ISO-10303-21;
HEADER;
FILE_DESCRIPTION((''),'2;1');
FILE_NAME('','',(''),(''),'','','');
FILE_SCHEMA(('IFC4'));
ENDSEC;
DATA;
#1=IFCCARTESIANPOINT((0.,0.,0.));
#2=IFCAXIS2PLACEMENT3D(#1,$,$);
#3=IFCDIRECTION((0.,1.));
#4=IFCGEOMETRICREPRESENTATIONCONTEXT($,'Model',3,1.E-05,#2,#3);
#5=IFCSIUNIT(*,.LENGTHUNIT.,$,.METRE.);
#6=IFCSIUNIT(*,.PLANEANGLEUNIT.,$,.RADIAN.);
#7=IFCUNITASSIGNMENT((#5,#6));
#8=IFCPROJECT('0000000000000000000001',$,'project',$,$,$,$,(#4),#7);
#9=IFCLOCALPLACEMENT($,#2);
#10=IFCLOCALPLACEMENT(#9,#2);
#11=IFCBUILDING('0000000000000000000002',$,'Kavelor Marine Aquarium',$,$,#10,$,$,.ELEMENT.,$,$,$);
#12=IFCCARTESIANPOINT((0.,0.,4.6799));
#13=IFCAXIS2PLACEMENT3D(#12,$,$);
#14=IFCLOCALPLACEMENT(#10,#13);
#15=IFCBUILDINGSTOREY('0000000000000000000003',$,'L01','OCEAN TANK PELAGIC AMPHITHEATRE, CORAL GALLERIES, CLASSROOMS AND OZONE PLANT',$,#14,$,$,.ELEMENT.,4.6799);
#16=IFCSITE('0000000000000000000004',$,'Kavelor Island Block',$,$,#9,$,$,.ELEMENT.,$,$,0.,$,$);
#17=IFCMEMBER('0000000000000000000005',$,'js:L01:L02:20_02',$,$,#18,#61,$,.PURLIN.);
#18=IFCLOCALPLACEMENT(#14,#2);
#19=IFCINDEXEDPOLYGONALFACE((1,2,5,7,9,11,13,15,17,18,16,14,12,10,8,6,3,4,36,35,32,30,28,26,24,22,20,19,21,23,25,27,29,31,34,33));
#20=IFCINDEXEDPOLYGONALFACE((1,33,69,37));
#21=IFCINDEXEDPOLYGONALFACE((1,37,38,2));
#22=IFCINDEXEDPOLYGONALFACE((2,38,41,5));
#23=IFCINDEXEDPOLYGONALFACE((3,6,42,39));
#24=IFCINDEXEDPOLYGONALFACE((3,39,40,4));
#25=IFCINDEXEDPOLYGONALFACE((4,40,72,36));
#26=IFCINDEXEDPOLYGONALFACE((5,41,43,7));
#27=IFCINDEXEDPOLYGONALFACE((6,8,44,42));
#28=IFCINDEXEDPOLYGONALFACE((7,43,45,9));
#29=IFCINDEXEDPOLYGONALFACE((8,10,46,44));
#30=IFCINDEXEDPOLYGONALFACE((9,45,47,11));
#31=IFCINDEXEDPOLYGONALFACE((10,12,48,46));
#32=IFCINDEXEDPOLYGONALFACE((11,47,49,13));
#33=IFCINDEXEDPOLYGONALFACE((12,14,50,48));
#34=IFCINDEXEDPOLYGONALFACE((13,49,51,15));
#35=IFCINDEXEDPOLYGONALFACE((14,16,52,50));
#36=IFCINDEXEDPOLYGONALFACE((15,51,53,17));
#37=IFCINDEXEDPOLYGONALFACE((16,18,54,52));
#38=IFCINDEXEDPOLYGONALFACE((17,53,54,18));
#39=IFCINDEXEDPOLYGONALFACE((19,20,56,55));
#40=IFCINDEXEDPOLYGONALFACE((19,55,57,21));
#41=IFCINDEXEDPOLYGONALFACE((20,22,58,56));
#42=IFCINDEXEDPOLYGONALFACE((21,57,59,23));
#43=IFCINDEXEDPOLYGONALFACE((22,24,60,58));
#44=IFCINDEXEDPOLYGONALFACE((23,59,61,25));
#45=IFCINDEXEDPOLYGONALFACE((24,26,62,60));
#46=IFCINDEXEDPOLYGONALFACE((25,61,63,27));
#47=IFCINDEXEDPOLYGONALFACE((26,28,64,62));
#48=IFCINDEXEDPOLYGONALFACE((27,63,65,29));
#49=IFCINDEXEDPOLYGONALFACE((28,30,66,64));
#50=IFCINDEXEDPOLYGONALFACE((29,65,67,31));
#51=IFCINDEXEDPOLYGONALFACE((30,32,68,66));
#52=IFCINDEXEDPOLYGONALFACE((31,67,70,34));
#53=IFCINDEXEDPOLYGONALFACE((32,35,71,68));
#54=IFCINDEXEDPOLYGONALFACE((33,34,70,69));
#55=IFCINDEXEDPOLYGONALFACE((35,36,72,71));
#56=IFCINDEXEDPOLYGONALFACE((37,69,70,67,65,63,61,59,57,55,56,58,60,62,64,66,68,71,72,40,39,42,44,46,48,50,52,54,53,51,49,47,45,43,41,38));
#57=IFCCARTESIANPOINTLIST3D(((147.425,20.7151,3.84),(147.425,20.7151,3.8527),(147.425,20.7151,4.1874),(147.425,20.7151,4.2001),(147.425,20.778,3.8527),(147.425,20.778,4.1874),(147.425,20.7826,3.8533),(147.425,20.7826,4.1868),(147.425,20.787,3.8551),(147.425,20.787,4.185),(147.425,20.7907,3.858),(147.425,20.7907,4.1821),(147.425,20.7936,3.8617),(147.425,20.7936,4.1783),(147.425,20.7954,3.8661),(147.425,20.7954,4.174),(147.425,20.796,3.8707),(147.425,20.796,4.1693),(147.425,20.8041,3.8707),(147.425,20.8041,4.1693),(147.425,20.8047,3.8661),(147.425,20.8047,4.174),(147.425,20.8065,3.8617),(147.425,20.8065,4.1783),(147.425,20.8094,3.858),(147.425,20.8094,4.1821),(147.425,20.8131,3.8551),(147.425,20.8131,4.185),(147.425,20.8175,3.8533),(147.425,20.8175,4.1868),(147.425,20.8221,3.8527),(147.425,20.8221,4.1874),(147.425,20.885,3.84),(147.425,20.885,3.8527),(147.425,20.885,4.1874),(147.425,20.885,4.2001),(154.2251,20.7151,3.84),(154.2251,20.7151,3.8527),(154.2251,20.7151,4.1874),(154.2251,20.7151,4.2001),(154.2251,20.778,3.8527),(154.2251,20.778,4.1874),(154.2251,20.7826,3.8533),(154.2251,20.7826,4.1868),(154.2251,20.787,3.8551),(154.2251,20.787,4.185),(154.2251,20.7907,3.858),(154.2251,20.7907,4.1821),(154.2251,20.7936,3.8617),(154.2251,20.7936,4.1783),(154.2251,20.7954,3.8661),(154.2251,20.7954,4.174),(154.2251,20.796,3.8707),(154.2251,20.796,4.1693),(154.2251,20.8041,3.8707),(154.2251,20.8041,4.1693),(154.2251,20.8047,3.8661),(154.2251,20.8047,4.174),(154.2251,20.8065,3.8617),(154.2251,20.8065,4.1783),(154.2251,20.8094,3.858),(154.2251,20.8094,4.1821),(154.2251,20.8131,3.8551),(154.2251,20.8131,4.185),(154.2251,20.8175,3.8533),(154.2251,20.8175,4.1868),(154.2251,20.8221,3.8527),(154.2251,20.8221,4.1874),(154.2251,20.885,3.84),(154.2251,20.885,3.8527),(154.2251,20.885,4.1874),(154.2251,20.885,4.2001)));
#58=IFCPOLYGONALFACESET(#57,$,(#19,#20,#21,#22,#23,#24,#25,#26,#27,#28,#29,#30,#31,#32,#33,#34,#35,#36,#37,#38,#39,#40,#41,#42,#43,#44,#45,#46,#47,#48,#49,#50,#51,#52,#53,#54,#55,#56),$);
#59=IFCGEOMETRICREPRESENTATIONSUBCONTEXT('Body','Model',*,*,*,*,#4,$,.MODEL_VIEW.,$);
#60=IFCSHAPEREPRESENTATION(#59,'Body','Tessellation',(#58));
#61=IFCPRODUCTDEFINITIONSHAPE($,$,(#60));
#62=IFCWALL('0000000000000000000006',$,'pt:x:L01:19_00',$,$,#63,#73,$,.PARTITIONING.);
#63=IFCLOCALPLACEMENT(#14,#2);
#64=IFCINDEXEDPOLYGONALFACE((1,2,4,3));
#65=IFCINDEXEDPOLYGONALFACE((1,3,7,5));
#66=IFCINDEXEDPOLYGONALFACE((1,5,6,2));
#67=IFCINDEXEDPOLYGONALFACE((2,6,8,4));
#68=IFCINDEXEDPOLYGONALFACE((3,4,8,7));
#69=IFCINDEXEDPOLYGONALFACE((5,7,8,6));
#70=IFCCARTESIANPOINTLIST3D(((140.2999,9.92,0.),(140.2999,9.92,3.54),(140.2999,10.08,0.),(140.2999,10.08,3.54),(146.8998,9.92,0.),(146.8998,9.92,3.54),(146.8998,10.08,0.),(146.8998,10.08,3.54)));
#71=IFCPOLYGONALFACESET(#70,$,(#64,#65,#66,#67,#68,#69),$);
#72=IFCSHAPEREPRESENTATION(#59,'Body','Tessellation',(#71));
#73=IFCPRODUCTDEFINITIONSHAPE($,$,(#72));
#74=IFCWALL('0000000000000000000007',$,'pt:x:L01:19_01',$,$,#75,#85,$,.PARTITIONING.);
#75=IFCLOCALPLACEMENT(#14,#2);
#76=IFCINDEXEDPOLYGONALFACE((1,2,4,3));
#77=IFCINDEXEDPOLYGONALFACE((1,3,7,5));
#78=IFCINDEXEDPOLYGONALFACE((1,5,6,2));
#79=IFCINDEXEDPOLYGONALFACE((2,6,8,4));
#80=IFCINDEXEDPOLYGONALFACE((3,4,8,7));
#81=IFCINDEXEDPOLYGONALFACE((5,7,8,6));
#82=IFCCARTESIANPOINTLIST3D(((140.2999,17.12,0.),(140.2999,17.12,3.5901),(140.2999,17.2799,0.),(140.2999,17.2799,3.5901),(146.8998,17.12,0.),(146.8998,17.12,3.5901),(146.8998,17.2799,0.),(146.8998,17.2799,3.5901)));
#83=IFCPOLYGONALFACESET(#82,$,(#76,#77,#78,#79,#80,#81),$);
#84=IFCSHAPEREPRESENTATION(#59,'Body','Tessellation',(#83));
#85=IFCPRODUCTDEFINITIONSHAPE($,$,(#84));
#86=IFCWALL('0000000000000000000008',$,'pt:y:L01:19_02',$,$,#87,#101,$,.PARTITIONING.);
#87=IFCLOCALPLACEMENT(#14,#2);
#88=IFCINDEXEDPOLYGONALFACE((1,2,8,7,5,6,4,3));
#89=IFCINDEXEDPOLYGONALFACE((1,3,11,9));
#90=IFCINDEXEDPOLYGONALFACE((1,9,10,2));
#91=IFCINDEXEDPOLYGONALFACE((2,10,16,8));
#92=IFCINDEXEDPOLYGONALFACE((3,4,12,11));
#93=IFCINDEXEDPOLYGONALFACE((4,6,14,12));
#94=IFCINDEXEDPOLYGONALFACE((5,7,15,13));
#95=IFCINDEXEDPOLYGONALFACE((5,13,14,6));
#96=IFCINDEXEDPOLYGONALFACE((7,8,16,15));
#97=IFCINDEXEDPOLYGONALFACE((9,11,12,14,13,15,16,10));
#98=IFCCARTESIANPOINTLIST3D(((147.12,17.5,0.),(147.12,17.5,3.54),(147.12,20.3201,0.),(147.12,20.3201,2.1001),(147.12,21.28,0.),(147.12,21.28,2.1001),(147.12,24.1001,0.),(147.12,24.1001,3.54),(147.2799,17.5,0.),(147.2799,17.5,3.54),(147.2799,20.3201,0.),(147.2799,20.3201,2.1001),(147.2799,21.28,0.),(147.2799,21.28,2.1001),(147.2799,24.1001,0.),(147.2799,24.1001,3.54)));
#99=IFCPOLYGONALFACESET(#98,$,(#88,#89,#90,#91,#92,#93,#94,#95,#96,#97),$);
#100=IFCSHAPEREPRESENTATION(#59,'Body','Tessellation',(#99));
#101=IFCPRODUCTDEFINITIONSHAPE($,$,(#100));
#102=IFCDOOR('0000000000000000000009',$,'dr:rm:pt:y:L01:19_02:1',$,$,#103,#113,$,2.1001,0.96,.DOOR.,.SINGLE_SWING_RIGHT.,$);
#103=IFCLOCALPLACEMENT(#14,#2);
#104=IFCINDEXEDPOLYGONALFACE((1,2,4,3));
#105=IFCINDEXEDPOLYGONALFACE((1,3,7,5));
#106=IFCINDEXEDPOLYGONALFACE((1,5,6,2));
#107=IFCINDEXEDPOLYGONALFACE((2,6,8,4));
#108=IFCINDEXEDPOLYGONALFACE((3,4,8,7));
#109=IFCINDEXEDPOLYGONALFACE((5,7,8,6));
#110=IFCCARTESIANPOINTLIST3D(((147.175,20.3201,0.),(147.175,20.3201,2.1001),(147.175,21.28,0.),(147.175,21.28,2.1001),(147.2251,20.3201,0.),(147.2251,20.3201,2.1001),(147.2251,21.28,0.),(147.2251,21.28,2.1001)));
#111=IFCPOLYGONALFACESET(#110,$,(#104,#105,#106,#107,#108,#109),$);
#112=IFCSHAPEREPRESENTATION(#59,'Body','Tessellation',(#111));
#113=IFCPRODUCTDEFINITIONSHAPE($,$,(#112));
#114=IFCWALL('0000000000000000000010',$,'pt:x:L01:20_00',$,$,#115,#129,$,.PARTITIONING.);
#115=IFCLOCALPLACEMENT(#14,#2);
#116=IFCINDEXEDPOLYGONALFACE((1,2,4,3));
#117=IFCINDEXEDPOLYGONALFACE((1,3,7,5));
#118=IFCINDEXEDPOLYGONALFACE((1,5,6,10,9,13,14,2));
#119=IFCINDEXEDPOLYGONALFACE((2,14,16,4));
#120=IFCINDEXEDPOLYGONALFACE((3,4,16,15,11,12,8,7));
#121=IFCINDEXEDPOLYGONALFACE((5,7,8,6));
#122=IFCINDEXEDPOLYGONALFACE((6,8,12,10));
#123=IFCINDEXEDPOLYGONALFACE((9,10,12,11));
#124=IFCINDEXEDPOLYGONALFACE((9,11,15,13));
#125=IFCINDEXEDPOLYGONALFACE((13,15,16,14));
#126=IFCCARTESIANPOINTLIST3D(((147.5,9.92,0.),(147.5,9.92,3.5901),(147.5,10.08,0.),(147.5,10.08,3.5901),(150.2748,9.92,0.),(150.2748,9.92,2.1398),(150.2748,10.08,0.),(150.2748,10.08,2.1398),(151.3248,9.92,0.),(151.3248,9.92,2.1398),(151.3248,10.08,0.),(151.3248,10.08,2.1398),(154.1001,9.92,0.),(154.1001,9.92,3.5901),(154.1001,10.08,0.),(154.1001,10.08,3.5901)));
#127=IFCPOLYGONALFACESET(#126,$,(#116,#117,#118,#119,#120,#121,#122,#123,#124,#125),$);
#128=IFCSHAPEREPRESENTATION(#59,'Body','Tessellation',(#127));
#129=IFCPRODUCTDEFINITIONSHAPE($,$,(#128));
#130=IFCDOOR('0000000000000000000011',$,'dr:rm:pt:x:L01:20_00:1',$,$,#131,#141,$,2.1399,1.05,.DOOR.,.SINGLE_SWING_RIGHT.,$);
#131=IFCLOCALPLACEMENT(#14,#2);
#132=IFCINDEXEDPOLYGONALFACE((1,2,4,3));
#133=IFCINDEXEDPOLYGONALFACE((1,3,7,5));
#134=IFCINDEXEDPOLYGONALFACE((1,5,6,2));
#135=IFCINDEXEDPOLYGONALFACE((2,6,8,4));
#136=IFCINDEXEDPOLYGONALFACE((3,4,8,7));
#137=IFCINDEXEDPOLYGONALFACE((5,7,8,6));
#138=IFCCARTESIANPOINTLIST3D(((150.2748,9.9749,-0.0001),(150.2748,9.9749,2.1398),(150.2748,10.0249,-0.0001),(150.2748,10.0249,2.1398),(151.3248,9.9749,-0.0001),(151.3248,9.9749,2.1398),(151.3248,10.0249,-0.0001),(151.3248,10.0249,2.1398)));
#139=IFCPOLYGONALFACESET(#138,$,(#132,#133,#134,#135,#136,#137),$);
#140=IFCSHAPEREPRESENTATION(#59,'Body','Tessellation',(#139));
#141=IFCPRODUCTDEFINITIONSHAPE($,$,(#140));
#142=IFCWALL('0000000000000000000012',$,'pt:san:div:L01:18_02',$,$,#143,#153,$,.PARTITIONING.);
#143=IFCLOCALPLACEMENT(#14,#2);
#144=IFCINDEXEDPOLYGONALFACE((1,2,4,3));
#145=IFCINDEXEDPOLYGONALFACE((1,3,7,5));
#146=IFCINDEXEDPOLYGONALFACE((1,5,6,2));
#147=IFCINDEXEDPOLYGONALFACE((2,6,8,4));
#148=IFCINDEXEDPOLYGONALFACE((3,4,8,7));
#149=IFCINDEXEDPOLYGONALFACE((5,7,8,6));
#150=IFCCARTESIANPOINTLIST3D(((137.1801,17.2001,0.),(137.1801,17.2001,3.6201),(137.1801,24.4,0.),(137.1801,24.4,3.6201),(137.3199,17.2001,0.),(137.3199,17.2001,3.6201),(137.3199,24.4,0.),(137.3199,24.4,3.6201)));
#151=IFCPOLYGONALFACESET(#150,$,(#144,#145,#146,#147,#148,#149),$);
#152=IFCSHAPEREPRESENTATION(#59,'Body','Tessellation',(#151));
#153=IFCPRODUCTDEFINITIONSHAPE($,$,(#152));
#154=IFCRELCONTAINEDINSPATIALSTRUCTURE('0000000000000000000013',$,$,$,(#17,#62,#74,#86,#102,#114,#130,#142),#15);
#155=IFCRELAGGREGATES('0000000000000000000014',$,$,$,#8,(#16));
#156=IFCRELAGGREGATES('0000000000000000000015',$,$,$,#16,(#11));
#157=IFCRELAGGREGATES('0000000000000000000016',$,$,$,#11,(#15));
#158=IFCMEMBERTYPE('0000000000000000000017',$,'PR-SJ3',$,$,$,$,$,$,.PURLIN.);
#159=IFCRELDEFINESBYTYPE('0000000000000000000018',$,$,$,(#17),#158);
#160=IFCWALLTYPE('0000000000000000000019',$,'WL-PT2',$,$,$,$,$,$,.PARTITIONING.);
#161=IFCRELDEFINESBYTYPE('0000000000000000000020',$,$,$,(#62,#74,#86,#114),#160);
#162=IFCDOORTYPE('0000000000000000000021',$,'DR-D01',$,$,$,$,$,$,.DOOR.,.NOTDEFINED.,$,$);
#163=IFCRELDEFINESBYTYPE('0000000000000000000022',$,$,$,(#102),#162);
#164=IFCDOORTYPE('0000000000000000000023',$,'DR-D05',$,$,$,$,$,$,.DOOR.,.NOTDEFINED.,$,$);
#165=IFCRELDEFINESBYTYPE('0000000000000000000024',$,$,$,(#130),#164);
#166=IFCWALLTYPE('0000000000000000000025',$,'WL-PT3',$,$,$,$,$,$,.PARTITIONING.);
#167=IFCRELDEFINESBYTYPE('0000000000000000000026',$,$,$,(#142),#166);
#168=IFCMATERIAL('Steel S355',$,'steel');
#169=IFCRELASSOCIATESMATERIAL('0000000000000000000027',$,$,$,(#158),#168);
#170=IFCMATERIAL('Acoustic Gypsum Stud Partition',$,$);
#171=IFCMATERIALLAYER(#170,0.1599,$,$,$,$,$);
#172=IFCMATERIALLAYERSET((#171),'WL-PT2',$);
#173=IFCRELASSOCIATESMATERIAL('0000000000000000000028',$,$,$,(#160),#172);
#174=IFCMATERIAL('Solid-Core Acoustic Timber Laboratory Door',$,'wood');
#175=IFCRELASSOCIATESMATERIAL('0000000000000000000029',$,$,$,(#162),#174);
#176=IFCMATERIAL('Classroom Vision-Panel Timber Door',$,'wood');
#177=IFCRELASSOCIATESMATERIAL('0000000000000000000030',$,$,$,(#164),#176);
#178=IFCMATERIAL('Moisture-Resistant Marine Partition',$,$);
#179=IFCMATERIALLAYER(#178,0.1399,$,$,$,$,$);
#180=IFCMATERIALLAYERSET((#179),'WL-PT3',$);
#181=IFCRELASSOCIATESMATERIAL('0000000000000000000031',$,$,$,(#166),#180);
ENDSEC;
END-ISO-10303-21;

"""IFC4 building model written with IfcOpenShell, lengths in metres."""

from ifc_helpers import new_model, si_unit, direction, frame, frame_2d, origin, origin_2d, place, context, subcontext, project, spatial, rectangle, i_section, extrude, material, layer, layer_set, material_profile, profile_set, type_object, element, fill, save


model = new_model("IFC4")

# Units and contexts
model_context = context("Model", 3, precision=1e-05, world=origin(), true_north=direction((0.0, 1.0)))
body_context = subcontext(model_context, "Body", "Model", "MODEL_VIEW")
ifc_project = project(units=[si_unit("LENGTHUNIT", "METRE"), si_unit("PLANEANGLEUNIT", "RADIAN")], contexts=[model_context])

# Site, building, storey
site_placement = place(None, origin())
site = spatial("IfcSite", under=ifc_project, at=site_placement, Name="Kavelor Island Block", CompositionType="ELEMENT", RefElevation=0.0)
building_placement = place(site_placement, origin())
building = spatial("IfcBuilding", under=site, at=building_placement, Name="Kavelor Marine Aquarium", CompositionType="ELEMENT")
storey_placement = place(building_placement, frame((0.0, 0.0, 4.6799)))
storey = spatial("IfcBuildingStorey", under=building, at=storey_placement, Name="L01", Description="OCEAN TANK PELAGIC AMPHITHEATRE, CORAL GALLERIES, CLASSROOMS AND OZONE PLANT", CompositionType="ELEMENT", Elevation=4.6799)

# Member
ifc_material_1 = material(Name="Steel S355", Category="steel")
ifc_material_profile_1 = material_profile(ifc_material_1, i_section(OverallWidth=0.1699, OverallDepth=0.3601, WebThickness=0.0081, FlangeThickness=0.0127, FilletRadius=0.0181, at=origin_2d()), Name="IPE 360")
ifc_profile_set_1 = profile_set([ifc_material_profile_1], Name="Steel S355")
member_type_1 = type_object("IfcMemberType", Name="PR-SJ3", PredefinedType="PURLIN", material=ifc_profile_set_1)
member_1_placement = place(storey_placement, frame((147.425, 20.8, 4.02), z_axis=(1.0, 0.0, 0.0), x_axis=(0.0, 1.0, 0.0)))
element("IfcMember", 1, at=member_1_placement, inside=storey, type_object=member_type_1, Name="js:L01:L02:20_02", PredefinedType="PURLIN", context=body_context, shape_type="SweptSolid", body=[
    extrude(i_section(OverallWidth=0.1699, OverallDepth=0.3601, WebThickness=0.0081, FlangeThickness=0.0127, FilletRadius=0.0181, at=origin_2d()), origin(), (0.0, 0.0, 1.0), 6.8),
])

# Walls
ifc_material_2 = material(Name="Acoustic Gypsum Stud Partition")
ifc_layer_1 = layer(ifc_material_2, 0.1599)
ifc_layer_set_1 = layer_set([ifc_layer_1], Name="WL-PT2")
wall_type_1 = type_object("IfcWallType", Name="WL-PT2", PredefinedType="PARTITIONING", material=ifc_layer_set_1)
wall_1_placement = place(storey_placement, frame((140.3, 10.0, 0.0), z_axis=(0.0, 0.0, 1.0), x_axis=(1.0, 0.0, 0.0)))
element("IfcWall", 2, at=wall_1_placement, inside=storey, type_object=wall_type_1, Name="pt:x:L01:19_00", PredefinedType="PARTITIONING", context=body_context, shape_type="SweptSolid", body=[
    extrude(rectangle(XDim=6.5999, YDim=0.1599, at=frame_2d((3.2998, 0.0))), origin(), (0.0, 0.0, 1.0), 3.54),
])
wall_2_placement = place(storey_placement, frame((140.3, 17.2, 0.0), z_axis=(0.0, 0.0, 1.0), x_axis=(1.0, 0.0, 0.0)))
element("IfcWall", 3, at=wall_2_placement, inside=storey, type_object=wall_type_1, Name="pt:x:L01:19_01", PredefinedType="PARTITIONING", context=body_context, shape_type="SweptSolid", body=[
    extrude(rectangle(XDim=6.5999, YDim=0.1599, at=frame_2d((3.2998, 0.0))), origin(), (0.0, 0.0, 1.0), 3.5901),
])

# Walls, openings, doors
wall_3_placement = place(storey_placement, frame((147.2, 17.5, 0.0), z_axis=(0.0, 0.0, 1.0), x_axis=(0.0, 1.0, 0.0)))
wall_3 = element("IfcWall", 4, at=wall_3_placement, inside=storey, type_object=wall_type_1, Name="pt:y:L01:19_02", PredefinedType="PARTITIONING", context=body_context, shape_type="SweptSolid", body=[
    extrude(rectangle(XDim=6.6001, YDim=0.1599, at=frame_2d((3.3, 0.0))), origin(), (0.0, 0.0, 1.0), 3.54),
])
opening_1_placement = place(wall_3_placement, frame((2.8201, 0.0, 0.0)))
opening_1 = element("IfcOpeningElement", 5, at=opening_1_placement, cuts=wall_3, PredefinedType="OPENING", context=body_context, shape_type="SweptSolid", body=[
    extrude(rectangle(XDim=0.96, YDim=2.1001, at=frame_2d((0.48, 1.05))), frame((0.0, 0.0898, 0.0), z_axis=(0.0, -1.0, 0.0), x_axis=(1.0, 0.0, 0.0)), (0.0, 0.0, 1.0), 0.1799),
])
ifc_material_3 = material(Name="Solid-Core Acoustic Timber Laboratory Door", Category="wood")
door_type_1 = type_object("IfcDoorType", Name="DR-D01", OperationType="NOTDEFINED", PredefinedType="DOOR", material=ifc_material_3)
door_1_placement = place(opening_1_placement, origin())
door_1 = element("IfcDoor", 6, at=door_1_placement, inside=storey, type_object=door_type_1, Name="dr:rm:pt:y:L01:19_02:1", OperationType="SINGLE_SWING_RIGHT", OverallHeight=2.1001, OverallWidth=0.96, PredefinedType="DOOR", context=body_context, shape_type="SweptSolid", body=[
    extrude(rectangle(XDim=0.96, YDim=2.1001, at=frame_2d((0.48, 1.05))), frame((0.0, 0.0249, 0.0), z_axis=(0.0, -1.0, 0.0), x_axis=(1.0, 0.0, 0.0)), (0.0, 0.0, 1.0), 0.05),
])
fill(opening_1, door_1)
wall_4_placement = place(storey_placement, frame((147.5, 10.0, 0.0), z_axis=(0.0, 0.0, 1.0), x_axis=(1.0, 0.0, 0.0)))
wall_4 = element("IfcWall", 7, at=wall_4_placement, inside=storey, type_object=wall_type_1, Name="pt:x:L01:20_00", PredefinedType="PARTITIONING", context=body_context, shape_type="SweptSolid", body=[
    extrude(rectangle(XDim=6.6001, YDim=0.1599, at=frame_2d((3.3, 0.0))), origin(), (0.0, 0.0, 1.0), 3.5901),
])
opening_2_placement = place(wall_4_placement, frame((2.7749, 0.0, 0.0)))
opening_2 = element("IfcOpeningElement", 8, at=opening_2_placement, cuts=wall_4, PredefinedType="OPENING", context=body_context, shape_type="SweptSolid", body=[
    extrude(rectangle(XDim=1.05, YDim=2.1399, at=frame_2d((0.5249, 1.0698))), frame((0.0, 0.0898, 0.0), z_axis=(0.0, -1.0, 0.0), x_axis=(1.0, 0.0, 0.0)), (0.0, 0.0, 1.0), 0.1799),
])
ifc_material_4 = material(Name="Classroom Vision-Panel Timber Door", Category="wood")
door_type_2 = type_object("IfcDoorType", Name="DR-D05", OperationType="NOTDEFINED", PredefinedType="DOOR", material=ifc_material_4)
door_2_placement = place(opening_2_placement, origin())
door_2 = element("IfcDoor", 9, at=door_2_placement, inside=storey, type_object=door_type_2, Name="dr:rm:pt:x:L01:20_00:1", OperationType="SINGLE_SWING_RIGHT", OverallHeight=2.1399, OverallWidth=1.05, PredefinedType="DOOR", context=body_context, shape_type="SweptSolid", body=[
    extrude(rectangle(XDim=1.05, YDim=2.1399, at=frame_2d((0.5249, 1.0698))), frame((0.0, 0.0249, 0.0), z_axis=(0.0, -1.0, 0.0), x_axis=(1.0, 0.0, 0.0)), (0.0, 0.0, 1.0), 0.05),
])
fill(opening_2, door_2)

# Wall
ifc_material_5 = material(Name="Moisture-Resistant Marine Partition")
ifc_layer_2 = layer(ifc_material_5, 0.1399)
ifc_layer_set_2 = layer_set([ifc_layer_2], Name="WL-PT3")
wall_type_2 = type_object("IfcWallType", Name="WL-PT3", PredefinedType="PARTITIONING", material=ifc_layer_set_2)
wall_5_placement = place(storey_placement, frame((137.25, 17.2, 0.0), z_axis=(0.0, 0.0, 1.0), x_axis=(0.0, 1.0, 0.0)))
element("IfcWall", 10, at=wall_5_placement, inside=storey, type_object=wall_type_2, Name="pt:san:div:L01:18_02", PredefinedType="PARTITIONING", context=body_context, shape_type="SweptSolid", body=[
    extrude(rectangle(XDim=7.2, YDim=0.1399, at=frame_2d((3.6001, 0.0))), origin(), (0.0, 0.0, 1.0), 3.6201),
])

save(model, "model.ifc")
